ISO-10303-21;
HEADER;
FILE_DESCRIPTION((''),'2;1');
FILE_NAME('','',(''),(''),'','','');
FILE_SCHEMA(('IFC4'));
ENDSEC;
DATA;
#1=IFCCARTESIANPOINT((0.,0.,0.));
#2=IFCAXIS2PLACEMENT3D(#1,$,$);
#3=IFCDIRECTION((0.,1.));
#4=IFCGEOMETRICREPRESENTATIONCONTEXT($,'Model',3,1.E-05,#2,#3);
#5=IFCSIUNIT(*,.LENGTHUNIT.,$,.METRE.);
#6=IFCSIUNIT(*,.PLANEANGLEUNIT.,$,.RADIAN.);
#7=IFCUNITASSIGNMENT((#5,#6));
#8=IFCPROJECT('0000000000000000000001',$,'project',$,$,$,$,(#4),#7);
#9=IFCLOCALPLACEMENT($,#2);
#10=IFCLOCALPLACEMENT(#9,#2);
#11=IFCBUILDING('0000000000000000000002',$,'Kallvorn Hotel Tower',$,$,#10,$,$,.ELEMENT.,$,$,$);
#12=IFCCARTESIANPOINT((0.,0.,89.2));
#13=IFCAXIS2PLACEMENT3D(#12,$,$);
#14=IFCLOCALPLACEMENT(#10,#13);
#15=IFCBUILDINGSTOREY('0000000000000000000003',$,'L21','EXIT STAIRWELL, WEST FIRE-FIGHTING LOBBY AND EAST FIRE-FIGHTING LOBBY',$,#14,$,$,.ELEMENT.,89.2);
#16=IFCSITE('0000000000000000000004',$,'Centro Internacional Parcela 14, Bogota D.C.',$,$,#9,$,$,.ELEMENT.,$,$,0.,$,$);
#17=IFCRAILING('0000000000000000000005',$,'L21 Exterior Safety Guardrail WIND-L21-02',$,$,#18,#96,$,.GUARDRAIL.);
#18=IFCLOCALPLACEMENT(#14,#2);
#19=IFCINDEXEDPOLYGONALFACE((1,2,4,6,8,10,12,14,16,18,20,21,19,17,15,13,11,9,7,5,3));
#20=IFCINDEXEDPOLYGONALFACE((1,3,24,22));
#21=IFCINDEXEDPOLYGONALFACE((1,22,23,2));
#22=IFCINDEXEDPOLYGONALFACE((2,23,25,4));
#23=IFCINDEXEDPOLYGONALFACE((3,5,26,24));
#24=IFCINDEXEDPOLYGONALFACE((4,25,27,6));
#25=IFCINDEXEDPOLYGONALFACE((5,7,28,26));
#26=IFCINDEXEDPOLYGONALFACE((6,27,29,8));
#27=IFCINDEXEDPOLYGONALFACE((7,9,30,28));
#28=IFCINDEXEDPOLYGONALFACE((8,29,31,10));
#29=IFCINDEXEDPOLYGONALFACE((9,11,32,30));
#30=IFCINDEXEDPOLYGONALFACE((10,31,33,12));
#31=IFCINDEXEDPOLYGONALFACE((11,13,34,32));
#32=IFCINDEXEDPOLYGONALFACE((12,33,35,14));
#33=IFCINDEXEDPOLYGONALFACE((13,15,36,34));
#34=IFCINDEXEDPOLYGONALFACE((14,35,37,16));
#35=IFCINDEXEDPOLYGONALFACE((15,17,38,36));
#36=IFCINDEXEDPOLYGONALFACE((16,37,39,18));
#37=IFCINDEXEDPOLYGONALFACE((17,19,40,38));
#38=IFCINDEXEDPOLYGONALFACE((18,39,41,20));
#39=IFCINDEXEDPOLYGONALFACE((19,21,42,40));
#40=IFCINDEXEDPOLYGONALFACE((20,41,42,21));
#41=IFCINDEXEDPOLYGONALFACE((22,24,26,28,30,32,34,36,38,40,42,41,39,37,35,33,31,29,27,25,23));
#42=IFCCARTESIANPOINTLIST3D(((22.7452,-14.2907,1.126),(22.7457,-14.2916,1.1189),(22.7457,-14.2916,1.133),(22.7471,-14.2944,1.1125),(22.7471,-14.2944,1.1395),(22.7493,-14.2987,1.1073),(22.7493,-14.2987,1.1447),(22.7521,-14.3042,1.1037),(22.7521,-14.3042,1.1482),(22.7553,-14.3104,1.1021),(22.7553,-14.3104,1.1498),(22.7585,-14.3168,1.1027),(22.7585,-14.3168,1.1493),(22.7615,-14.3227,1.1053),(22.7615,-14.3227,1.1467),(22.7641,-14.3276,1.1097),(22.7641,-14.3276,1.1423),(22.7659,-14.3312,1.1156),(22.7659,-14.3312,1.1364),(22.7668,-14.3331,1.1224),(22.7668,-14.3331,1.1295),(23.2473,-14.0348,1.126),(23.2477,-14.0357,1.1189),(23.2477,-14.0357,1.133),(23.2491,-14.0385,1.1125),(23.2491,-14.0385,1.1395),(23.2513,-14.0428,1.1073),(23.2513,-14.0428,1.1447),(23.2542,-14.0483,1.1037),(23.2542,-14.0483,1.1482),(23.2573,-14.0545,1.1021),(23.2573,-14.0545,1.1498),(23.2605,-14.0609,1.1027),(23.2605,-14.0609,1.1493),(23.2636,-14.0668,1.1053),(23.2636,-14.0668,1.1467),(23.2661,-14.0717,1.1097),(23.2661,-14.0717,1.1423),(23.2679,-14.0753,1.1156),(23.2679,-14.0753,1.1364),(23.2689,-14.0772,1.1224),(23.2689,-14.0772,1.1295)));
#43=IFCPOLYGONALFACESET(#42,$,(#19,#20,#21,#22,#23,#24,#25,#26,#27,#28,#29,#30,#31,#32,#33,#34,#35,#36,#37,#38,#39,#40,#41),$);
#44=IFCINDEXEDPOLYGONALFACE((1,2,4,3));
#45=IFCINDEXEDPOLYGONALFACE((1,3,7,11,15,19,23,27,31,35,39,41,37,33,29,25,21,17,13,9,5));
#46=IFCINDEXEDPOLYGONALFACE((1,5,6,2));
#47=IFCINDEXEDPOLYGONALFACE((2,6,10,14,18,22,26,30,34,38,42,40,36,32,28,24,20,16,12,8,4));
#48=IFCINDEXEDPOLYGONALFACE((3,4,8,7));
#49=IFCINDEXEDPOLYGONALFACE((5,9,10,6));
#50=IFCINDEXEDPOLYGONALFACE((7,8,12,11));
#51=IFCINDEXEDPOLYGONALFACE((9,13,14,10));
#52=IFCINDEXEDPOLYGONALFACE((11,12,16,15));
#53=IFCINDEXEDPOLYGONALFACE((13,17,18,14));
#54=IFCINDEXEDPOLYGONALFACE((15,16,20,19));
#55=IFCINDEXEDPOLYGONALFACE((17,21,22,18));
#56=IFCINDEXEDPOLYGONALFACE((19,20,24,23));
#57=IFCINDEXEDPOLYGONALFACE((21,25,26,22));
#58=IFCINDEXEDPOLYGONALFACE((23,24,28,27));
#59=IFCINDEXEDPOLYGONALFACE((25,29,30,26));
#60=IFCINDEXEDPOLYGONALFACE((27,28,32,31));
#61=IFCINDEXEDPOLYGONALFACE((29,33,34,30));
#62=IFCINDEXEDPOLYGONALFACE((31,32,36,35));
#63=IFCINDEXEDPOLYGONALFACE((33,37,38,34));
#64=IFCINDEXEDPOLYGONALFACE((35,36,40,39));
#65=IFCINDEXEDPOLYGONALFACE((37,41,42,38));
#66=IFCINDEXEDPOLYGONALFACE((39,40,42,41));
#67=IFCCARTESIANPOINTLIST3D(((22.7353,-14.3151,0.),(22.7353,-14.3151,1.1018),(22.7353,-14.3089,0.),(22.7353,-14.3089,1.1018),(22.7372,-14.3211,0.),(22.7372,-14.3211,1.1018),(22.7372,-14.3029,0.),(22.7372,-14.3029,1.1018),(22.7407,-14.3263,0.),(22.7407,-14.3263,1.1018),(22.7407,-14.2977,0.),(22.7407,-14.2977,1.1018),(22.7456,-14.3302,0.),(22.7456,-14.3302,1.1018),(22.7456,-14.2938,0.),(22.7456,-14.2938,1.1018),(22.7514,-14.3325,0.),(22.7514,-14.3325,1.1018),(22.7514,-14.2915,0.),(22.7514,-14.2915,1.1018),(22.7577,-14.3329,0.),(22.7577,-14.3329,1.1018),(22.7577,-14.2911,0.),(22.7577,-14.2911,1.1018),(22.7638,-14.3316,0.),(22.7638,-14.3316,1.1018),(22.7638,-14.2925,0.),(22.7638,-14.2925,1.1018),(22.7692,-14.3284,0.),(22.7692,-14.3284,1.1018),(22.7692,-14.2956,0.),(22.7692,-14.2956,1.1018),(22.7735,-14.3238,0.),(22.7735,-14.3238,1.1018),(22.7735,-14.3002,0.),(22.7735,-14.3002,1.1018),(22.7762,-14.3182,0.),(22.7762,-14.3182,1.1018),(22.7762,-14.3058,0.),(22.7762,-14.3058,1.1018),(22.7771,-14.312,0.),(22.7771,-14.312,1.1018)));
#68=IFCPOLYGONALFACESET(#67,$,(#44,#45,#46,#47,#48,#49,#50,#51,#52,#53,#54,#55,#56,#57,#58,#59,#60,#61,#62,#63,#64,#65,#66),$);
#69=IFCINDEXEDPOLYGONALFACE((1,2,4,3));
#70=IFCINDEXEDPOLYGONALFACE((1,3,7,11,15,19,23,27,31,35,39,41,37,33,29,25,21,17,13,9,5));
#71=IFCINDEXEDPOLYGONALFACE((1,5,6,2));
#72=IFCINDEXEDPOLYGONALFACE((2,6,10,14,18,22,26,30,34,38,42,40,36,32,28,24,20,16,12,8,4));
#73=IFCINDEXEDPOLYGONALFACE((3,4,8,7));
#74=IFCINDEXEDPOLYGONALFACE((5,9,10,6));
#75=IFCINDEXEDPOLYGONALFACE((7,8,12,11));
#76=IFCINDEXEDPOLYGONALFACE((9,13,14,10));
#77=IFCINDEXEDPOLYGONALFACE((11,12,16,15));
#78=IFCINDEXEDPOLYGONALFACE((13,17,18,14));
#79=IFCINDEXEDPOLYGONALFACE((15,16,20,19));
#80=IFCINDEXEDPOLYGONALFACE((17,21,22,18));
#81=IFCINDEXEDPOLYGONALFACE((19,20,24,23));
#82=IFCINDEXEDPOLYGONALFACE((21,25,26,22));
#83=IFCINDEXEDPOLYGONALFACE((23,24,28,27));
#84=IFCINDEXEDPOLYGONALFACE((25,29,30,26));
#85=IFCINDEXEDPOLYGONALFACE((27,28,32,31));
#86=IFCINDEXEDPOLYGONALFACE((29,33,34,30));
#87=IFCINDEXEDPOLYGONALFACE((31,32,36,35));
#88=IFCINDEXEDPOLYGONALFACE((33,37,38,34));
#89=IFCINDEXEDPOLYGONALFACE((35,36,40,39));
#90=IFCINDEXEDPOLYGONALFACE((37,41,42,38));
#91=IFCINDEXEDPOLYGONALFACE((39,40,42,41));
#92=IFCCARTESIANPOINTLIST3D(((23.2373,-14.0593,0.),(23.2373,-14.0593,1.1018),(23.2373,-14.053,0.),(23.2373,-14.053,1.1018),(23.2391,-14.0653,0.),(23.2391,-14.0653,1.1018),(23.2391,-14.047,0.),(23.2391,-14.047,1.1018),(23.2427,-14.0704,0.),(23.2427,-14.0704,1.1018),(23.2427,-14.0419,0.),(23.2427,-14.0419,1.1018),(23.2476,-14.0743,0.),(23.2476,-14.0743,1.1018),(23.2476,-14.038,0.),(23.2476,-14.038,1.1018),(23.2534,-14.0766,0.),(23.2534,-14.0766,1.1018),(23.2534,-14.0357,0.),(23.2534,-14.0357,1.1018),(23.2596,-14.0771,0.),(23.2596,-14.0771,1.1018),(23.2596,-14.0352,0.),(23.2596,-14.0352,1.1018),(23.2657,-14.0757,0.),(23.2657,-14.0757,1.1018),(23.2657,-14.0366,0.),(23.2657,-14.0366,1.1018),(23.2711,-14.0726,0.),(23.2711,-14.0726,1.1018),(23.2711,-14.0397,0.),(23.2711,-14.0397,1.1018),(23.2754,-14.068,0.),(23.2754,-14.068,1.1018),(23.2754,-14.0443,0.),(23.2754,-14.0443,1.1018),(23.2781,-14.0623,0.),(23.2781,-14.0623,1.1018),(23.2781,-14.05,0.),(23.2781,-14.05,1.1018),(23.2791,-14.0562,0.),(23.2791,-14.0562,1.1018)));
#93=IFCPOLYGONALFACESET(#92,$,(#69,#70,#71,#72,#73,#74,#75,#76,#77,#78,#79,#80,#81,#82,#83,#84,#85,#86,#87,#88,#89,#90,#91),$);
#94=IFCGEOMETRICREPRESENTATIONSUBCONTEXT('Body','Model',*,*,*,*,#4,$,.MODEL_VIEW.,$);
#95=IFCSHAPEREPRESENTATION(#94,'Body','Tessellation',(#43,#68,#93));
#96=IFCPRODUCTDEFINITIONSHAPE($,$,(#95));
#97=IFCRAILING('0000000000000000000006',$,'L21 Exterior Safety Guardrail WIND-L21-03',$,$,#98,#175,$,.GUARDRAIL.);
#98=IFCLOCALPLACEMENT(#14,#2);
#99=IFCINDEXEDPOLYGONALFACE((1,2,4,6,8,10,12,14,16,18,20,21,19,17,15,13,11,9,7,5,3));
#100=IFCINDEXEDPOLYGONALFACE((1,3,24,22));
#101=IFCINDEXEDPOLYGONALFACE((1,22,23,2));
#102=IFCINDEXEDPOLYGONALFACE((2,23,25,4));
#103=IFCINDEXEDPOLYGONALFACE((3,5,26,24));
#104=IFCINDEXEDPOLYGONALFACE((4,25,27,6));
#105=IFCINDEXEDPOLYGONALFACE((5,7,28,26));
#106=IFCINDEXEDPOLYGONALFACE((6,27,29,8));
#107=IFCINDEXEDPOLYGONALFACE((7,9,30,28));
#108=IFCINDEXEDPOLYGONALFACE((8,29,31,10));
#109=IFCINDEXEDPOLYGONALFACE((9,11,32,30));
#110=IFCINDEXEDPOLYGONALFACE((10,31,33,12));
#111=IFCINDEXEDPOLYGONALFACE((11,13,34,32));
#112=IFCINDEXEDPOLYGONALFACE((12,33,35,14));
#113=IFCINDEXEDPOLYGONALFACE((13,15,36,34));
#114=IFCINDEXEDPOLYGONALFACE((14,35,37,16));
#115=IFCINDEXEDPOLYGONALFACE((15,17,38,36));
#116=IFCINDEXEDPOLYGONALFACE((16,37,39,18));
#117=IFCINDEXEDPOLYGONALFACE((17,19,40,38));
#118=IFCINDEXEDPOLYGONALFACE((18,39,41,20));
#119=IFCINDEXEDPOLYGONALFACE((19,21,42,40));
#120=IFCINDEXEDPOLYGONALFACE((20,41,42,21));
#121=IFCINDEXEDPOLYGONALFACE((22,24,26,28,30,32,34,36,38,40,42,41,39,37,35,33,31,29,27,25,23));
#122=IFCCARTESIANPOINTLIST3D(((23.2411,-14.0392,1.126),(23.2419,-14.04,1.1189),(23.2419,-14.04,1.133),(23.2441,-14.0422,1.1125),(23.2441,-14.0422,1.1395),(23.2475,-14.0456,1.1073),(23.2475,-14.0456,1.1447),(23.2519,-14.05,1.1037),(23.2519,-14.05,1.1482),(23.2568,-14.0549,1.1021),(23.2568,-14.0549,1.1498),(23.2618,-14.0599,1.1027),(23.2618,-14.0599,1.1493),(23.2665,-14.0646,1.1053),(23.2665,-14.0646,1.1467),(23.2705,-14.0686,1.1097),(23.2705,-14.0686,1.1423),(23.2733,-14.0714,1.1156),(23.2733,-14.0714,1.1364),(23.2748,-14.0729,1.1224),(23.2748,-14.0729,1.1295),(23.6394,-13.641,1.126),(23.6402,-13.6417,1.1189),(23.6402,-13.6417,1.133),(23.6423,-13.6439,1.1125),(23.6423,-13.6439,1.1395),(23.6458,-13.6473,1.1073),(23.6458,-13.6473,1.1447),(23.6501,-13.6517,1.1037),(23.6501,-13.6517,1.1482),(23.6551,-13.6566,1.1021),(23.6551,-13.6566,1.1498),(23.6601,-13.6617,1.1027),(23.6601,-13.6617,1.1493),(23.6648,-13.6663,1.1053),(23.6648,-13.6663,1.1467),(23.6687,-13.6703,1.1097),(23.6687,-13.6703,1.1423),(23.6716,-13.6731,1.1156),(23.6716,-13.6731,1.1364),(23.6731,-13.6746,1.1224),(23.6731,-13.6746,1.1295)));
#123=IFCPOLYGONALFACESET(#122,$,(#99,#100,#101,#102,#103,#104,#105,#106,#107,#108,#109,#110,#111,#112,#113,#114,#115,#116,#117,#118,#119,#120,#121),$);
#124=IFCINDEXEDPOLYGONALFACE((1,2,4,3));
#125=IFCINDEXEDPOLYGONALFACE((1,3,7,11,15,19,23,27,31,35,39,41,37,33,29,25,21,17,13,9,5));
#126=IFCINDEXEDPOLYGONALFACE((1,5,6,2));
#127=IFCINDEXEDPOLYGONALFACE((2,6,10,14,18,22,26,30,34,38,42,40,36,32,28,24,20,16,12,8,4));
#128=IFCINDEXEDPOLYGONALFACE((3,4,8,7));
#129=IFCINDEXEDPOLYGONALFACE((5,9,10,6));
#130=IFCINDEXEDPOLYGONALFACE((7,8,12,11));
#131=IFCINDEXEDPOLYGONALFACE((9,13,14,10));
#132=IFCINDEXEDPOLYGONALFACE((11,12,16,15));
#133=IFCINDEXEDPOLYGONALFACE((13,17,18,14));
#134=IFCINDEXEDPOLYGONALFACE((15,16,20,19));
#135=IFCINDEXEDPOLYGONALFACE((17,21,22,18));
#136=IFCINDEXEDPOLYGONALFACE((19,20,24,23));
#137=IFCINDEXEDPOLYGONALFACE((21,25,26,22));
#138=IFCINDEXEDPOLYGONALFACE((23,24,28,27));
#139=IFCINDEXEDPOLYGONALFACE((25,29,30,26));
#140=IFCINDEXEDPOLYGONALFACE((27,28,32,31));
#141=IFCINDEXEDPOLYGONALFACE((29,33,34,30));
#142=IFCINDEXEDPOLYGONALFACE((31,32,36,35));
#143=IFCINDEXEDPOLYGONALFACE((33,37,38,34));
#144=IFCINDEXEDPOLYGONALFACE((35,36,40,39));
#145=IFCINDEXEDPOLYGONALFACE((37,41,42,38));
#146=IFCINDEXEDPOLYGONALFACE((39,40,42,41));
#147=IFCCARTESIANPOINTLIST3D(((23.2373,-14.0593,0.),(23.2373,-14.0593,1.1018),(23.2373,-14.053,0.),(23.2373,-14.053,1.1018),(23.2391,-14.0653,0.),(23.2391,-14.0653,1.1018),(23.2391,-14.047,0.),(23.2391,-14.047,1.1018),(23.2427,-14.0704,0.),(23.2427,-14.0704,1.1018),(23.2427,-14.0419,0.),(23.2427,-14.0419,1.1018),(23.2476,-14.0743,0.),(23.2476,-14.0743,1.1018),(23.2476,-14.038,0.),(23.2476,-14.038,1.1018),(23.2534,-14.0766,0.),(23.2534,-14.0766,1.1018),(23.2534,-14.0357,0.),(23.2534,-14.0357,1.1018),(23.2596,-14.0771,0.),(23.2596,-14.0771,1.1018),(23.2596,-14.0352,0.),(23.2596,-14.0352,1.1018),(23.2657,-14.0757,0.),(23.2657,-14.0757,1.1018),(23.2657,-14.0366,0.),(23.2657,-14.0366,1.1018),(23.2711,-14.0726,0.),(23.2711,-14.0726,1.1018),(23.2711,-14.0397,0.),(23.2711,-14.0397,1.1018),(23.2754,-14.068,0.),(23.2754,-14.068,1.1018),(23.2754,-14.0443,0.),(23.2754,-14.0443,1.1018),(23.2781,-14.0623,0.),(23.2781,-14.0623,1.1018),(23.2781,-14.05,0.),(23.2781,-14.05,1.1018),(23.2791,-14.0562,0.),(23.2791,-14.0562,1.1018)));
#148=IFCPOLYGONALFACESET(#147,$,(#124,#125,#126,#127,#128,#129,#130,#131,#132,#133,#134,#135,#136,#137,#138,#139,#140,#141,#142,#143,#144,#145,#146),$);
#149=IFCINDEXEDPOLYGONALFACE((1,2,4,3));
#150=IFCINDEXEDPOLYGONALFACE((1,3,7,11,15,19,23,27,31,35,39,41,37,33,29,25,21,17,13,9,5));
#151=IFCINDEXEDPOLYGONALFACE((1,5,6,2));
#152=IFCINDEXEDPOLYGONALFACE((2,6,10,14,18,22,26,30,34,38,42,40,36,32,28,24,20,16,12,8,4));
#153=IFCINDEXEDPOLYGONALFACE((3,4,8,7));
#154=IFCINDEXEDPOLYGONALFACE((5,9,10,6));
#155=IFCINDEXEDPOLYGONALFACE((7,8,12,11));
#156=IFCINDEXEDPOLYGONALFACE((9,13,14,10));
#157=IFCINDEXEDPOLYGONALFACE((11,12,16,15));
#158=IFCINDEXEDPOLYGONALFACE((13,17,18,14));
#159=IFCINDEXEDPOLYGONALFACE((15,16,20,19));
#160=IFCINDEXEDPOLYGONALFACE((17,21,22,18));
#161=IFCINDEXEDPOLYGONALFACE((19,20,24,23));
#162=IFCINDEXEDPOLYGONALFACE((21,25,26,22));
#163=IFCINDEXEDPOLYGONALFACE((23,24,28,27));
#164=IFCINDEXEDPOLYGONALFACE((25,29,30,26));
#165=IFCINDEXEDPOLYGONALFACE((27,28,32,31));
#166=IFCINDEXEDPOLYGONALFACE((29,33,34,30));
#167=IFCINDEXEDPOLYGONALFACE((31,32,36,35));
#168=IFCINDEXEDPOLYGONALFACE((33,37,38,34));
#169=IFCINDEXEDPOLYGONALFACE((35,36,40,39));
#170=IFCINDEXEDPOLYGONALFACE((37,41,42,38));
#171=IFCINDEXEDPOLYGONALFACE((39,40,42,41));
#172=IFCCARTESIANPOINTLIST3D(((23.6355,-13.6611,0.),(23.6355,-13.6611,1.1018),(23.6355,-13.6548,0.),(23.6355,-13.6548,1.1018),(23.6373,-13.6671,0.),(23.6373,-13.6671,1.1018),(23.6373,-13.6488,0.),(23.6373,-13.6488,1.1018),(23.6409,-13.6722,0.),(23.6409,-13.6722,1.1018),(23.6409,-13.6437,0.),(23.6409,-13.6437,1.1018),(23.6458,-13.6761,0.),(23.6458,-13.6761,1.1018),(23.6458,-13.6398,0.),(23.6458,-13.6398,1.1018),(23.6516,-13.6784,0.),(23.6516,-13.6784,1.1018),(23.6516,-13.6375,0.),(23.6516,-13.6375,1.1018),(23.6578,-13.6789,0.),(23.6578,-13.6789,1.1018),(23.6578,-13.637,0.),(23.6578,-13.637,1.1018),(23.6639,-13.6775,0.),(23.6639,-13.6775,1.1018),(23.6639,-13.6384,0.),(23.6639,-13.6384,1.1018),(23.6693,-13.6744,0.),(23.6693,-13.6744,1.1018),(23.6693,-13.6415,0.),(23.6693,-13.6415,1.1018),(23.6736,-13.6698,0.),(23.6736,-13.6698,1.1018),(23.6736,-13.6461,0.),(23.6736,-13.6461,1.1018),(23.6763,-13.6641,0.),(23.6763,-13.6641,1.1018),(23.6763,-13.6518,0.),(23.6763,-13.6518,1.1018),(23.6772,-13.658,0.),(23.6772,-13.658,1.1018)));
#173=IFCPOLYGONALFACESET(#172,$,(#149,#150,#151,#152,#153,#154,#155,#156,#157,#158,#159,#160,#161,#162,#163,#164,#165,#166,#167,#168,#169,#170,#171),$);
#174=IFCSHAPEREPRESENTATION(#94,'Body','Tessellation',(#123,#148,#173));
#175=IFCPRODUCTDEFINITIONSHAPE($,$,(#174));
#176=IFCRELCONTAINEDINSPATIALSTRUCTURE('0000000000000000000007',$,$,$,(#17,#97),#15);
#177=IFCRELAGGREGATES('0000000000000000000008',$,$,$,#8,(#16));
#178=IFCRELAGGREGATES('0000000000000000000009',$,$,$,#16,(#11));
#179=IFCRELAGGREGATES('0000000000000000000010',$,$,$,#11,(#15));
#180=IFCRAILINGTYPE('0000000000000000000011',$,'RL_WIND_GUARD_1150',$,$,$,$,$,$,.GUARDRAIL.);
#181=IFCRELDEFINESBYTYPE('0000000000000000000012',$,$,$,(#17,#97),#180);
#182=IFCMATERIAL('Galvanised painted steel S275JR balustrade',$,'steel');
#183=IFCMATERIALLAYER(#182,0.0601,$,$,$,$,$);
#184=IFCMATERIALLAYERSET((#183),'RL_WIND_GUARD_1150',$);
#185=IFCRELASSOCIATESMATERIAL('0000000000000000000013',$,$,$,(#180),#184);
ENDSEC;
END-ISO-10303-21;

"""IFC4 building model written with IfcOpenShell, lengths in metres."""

from ifc_helpers import new_model, si_unit, direction, frame, origin, origin_2d, place, context, subcontext, project, spatial, circle, extrude, material, layer, layer_set, type_object, element, save


model = new_model("IFC4")

# Units and contexts
model_context = context("Model", 3, precision=1e-05, world=origin(), true_north=direction((0.0, 1.0)))
body_context = subcontext(model_context, "Body", "Model", "MODEL_VIEW")
ifc_project = project(units=[si_unit("LENGTHUNIT", "METRE"), si_unit("PLANEANGLEUNIT", "RADIAN")], contexts=[model_context])

# Site, building, storey
site_placement = place(None, origin())
site = spatial("IfcSite", under=ifc_project, at=site_placement, Name="Centro Internacional Parcela 14, Bogota D.C.", CompositionType="ELEMENT", RefElevation=0.0)
building_placement = place(site_placement, origin())
building = spatial("IfcBuilding", under=site, at=building_placement, Name="Kallvorn Hotel Tower", CompositionType="ELEMENT")
storey_placement = place(building_placement, frame((0.0, 0.0, 89.2)))
storey = spatial("IfcBuildingStorey", under=building, at=storey_placement, Name="L21", Description="EXIT STAIRWELL, WEST FIRE-FIGHTING LOBBY AND EAST FIRE-FIGHTING LOBBY", CompositionType="ELEMENT", Elevation=89.2)

# Railings
ifc_material_1 = material(Name="Galvanised painted steel S275JR balustrade", Category="steel")
ifc_layer_1 = layer(ifc_material_1, 0.0601)
ifc_layer_set_1 = layer_set([ifc_layer_1], Name="RL_WIND_GUARD_1150")
railing_type = type_object("IfcRailingType", Name="RL_WIND_GUARD_1150", PredefinedType="GUARDRAIL", material=ifc_layer_set_1)
railing_1_placement = place(storey_placement, frame((22.7561, -14.312, 0.0)))
element("IfcRailing", 1, at=railing_1_placement, inside=storey, type_object=railing_type, Name="L21 Exterior Safety Guardrail WIND-L21-02", PredefinedType="GUARDRAIL", context=body_context, shape_type="SweptSolid", body=[
    extrude(circle(Radius=0.0239, at=origin_2d()), frame((0.0, 0.0, 1.126), z_axis=(0.890934, 0.454133, 0.0), x_axis=(-0.454133, 0.890934, 0.0)), (0.0, 0.0, 1.0), 0.5635),
    extrude(circle(Radius=0.021, at=origin_2d()), origin(), (0.0, 0.0, 1.0), 1.1018),
    extrude(circle(Radius=0.021, at=origin_2d()), frame((0.502, 0.2559, 0.0)), (0.0, 0.0, 1.0), 1.1018),
])
railing_2_placement = place(storey_placement, frame((23.2581, -14.0562, 0.0)))
element("IfcRailing", 2, at=railing_2_placement, inside=storey, type_object=railing_type, Name="L21 Exterior Safety Guardrail WIND-L21-03", PredefinedType="GUARDRAIL", context=body_context, shape_type="SweptSolid", body=[
    extrude(circle(Radius=0.0239, at=origin_2d()), frame((0.0, 0.0, 1.126), z_axis=(0.707107, 0.707107, 0.0), x_axis=(-0.707107, 0.707107, 0.0)), (0.0, 0.0, 1.0), 0.5632),
    extrude(circle(Radius=0.021, at=origin_2d()), origin(), (0.0, 0.0, 1.0), 1.1018),
    extrude(circle(Radius=0.021, at=origin_2d()), frame((0.3982, 0.3982, 0.0)), (0.0, 0.0, 1.0), 1.1018),
])

save(model, "model.ifc")
